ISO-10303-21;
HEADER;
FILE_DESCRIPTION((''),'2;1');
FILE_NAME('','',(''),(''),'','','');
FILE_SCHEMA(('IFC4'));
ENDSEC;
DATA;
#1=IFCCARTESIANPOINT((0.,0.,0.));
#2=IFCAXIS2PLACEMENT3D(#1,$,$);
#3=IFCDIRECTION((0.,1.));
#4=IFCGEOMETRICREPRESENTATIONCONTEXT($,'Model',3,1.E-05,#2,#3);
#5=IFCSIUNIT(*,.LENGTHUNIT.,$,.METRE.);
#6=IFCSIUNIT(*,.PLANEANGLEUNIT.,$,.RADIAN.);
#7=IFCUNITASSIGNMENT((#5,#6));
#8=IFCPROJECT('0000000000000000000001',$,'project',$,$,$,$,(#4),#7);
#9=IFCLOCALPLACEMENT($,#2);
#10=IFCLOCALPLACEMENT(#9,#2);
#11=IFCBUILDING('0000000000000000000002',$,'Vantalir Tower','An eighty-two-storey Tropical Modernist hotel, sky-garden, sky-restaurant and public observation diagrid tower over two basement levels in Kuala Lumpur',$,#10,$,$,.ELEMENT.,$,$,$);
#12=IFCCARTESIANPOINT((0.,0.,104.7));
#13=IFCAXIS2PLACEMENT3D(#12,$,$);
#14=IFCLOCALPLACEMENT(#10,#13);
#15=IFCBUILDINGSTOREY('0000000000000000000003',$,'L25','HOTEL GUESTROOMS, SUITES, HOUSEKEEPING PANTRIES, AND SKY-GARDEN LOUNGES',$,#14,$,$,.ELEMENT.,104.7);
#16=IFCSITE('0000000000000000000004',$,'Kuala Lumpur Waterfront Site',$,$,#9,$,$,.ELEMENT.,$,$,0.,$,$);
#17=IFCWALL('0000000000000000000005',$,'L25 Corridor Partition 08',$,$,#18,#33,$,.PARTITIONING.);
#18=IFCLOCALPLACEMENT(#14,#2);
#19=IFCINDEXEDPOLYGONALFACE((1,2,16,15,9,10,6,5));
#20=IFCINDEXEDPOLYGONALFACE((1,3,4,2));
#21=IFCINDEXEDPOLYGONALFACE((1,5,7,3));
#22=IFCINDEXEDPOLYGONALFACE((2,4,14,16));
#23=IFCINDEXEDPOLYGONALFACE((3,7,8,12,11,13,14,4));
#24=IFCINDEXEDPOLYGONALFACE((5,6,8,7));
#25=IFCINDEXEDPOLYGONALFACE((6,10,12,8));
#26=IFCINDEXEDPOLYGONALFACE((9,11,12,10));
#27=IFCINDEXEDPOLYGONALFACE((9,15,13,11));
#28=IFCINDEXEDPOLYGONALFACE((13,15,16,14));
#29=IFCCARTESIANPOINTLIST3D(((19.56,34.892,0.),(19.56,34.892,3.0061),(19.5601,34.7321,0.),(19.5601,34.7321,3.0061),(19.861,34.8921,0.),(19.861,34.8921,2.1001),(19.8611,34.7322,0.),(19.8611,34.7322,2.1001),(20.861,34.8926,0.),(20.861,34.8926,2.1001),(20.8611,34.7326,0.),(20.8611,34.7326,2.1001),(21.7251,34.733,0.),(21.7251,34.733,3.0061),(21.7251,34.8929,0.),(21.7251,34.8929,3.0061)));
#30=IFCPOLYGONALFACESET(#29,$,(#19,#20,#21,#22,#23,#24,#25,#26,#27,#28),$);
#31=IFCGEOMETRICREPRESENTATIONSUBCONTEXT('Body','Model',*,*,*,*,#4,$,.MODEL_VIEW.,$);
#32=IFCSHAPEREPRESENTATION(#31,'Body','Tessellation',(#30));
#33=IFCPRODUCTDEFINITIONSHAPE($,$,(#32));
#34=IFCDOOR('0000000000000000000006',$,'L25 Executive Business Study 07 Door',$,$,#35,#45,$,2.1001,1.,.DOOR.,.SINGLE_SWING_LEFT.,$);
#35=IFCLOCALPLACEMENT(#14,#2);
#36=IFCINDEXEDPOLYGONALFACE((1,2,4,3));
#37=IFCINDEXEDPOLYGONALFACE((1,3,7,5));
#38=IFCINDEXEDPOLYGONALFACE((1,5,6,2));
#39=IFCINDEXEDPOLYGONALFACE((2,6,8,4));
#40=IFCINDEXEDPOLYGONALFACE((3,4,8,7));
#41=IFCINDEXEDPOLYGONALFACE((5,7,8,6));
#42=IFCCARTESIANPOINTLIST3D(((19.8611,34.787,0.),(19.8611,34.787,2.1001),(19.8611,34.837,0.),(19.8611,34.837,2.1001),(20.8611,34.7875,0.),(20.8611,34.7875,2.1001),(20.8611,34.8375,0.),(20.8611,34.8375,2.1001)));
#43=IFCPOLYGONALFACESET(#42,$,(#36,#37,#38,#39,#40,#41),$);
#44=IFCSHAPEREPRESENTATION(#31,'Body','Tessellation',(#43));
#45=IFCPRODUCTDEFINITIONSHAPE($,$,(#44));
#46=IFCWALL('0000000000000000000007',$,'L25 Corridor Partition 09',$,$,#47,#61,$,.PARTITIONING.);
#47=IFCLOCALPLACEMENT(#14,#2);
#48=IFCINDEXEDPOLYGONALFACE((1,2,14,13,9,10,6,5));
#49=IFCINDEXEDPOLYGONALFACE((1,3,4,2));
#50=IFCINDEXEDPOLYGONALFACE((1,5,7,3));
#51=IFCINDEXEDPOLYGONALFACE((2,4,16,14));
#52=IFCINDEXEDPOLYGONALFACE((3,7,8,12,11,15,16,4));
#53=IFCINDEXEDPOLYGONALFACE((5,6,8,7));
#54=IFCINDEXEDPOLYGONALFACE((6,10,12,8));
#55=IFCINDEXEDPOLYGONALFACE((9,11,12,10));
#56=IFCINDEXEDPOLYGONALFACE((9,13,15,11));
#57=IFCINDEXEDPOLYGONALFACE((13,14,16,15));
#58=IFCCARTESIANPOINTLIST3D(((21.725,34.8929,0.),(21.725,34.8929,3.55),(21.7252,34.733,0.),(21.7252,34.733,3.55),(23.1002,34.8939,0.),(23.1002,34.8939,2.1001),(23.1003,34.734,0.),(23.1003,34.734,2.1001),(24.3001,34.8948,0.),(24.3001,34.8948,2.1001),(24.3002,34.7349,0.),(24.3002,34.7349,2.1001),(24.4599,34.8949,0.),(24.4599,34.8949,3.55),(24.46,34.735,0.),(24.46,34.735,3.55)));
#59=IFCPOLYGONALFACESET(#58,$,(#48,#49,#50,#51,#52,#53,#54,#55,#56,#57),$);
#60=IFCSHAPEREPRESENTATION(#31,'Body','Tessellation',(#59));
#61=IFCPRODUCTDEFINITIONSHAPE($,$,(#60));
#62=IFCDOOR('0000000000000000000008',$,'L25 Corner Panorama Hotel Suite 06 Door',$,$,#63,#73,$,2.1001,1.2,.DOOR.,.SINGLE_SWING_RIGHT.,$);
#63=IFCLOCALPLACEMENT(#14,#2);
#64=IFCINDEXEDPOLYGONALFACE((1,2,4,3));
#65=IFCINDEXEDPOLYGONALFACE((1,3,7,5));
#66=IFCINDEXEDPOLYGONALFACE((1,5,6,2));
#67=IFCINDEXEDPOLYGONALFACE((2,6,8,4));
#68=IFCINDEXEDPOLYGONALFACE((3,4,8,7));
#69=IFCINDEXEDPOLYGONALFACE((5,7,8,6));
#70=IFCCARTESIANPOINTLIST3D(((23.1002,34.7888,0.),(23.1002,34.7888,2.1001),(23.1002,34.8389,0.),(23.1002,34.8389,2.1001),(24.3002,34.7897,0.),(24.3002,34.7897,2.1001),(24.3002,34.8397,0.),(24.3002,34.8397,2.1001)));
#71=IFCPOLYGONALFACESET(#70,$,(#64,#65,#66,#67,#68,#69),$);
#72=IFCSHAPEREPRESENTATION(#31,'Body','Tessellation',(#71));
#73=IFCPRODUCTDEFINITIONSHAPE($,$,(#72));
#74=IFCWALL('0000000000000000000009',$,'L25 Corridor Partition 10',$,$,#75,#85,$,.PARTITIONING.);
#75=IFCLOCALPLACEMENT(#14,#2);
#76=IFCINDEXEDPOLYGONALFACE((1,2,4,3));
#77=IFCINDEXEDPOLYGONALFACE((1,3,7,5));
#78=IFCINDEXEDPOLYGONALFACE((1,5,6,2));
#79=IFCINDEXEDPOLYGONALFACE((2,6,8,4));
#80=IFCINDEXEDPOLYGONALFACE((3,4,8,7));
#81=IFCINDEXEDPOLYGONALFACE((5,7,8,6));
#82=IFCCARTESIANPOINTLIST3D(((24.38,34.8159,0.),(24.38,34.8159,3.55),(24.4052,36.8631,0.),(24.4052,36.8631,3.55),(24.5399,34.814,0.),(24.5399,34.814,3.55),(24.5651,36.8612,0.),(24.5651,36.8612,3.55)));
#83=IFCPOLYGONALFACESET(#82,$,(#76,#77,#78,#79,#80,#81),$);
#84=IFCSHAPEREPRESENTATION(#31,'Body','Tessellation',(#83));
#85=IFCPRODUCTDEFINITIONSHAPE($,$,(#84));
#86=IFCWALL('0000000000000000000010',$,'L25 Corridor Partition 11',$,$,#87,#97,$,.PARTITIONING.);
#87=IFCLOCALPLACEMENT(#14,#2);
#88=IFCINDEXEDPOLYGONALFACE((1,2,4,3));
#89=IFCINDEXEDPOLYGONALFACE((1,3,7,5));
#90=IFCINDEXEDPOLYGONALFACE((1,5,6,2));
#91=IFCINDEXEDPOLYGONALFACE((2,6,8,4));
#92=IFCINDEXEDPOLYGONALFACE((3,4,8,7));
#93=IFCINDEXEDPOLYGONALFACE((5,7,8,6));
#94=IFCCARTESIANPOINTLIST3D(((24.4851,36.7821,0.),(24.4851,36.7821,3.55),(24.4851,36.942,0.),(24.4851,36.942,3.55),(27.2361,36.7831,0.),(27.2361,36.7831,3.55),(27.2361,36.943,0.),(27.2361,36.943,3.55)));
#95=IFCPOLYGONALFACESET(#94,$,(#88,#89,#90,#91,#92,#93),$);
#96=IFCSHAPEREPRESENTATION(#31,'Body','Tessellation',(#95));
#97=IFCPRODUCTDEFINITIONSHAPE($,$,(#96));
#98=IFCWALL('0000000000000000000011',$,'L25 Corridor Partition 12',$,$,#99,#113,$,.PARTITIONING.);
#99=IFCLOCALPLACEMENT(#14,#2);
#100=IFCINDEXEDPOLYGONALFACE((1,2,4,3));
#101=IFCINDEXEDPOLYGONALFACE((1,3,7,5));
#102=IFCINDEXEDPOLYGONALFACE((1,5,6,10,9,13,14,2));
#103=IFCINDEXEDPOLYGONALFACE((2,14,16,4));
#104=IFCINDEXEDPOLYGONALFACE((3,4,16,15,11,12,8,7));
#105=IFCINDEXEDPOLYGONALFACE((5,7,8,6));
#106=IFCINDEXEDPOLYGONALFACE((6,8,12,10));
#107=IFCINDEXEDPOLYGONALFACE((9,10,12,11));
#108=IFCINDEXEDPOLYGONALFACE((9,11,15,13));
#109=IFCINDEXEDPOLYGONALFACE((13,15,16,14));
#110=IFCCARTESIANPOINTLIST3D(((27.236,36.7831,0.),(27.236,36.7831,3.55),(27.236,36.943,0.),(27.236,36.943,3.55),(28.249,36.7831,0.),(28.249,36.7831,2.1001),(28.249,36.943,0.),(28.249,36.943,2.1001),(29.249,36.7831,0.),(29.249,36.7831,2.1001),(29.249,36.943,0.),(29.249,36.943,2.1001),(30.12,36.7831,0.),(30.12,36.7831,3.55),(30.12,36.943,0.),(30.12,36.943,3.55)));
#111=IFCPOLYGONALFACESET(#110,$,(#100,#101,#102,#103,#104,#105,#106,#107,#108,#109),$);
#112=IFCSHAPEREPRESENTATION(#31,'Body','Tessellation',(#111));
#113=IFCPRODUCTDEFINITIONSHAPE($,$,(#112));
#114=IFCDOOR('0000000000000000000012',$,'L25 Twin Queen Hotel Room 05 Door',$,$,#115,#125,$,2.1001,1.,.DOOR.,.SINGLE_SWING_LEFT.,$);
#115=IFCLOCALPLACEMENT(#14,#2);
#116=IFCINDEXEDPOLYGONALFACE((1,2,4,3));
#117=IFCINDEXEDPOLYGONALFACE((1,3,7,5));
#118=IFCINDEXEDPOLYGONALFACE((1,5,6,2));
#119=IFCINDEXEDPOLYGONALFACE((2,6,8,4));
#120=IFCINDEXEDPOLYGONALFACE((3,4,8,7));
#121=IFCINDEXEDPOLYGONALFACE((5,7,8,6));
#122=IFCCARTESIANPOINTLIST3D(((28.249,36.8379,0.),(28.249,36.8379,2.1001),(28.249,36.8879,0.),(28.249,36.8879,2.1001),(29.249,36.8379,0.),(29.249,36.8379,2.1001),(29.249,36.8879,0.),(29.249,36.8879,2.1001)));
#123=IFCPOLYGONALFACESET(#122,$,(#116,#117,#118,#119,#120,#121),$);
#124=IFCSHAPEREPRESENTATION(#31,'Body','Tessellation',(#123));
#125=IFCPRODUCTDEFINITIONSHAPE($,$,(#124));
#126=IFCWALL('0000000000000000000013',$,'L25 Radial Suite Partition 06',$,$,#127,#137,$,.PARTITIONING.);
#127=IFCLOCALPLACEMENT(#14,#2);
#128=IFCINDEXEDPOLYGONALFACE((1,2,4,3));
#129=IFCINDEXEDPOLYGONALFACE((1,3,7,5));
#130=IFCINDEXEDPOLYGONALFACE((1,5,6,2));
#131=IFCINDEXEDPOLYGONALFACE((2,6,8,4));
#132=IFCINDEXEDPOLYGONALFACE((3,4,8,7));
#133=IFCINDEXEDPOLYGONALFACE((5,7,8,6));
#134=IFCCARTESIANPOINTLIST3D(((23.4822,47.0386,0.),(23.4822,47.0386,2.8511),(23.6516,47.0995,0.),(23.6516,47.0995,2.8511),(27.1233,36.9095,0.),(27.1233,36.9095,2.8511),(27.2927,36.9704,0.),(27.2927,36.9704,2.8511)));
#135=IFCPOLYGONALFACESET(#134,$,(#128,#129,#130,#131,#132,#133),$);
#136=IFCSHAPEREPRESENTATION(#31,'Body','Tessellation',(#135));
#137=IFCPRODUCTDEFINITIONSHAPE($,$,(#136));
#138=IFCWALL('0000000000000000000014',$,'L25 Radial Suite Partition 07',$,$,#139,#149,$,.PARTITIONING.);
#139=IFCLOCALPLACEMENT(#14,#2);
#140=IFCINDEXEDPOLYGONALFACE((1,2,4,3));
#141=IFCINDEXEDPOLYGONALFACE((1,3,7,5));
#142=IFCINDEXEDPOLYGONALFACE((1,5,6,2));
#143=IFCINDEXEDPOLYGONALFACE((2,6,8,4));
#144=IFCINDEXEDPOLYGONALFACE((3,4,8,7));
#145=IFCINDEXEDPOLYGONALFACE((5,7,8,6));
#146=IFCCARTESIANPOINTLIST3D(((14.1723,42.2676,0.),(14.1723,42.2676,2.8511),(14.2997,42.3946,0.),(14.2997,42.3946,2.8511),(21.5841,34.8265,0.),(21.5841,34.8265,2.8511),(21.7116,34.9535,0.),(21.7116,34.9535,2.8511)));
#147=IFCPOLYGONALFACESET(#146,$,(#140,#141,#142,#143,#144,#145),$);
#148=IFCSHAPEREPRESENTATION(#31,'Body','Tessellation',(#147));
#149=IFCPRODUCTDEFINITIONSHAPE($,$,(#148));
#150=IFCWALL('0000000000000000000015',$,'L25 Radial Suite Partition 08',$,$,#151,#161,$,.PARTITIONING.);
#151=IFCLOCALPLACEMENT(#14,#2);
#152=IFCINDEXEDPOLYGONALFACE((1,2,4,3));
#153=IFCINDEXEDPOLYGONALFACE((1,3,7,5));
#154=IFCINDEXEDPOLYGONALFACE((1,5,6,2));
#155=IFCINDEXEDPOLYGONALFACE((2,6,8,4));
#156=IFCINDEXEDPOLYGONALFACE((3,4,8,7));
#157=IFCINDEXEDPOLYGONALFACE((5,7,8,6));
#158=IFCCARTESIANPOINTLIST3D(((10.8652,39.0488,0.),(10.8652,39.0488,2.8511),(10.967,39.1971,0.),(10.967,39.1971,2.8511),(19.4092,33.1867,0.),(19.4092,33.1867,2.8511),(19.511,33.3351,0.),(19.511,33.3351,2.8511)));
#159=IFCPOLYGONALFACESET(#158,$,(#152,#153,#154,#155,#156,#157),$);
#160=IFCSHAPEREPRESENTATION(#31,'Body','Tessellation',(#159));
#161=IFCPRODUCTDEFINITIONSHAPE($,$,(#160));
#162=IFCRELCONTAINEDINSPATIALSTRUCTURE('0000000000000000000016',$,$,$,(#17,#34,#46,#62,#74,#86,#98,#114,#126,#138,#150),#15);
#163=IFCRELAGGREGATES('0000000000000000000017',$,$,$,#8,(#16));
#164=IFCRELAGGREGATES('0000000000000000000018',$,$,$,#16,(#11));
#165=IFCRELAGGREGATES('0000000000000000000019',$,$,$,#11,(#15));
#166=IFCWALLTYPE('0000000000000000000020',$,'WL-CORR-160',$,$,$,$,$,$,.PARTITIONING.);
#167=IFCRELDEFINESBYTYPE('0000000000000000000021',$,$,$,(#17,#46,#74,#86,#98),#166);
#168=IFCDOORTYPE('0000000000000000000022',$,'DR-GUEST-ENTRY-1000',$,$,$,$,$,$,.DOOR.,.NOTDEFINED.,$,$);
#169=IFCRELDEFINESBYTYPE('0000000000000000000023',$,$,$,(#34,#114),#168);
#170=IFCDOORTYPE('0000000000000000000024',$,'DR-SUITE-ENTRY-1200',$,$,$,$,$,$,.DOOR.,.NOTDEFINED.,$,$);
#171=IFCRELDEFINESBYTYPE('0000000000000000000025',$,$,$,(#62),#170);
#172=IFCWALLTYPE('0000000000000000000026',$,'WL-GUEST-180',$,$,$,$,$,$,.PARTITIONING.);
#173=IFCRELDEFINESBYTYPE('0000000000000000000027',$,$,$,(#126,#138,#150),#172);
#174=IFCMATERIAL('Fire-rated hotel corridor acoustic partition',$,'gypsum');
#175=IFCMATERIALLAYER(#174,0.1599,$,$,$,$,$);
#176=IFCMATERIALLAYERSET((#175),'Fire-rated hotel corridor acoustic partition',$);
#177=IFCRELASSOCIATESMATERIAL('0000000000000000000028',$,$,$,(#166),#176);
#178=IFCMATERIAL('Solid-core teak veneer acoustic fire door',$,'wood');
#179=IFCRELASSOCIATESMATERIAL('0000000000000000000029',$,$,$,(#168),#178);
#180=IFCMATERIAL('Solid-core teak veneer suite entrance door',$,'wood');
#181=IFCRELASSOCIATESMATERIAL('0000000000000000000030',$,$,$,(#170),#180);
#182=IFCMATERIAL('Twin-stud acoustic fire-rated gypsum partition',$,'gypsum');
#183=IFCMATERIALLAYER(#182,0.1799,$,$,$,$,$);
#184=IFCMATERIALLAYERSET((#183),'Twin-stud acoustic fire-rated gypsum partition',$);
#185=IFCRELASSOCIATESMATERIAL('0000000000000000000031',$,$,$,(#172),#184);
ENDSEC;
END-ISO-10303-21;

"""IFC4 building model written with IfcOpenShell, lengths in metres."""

from ifc_helpers import new_model, si_unit, direction, frame, frame_2d, origin, place, context, subcontext, project, spatial, rectangle, extrude, material, layer, layer_set, type_object, element, fill, save


model = new_model("IFC4")

# Units and contexts
model_context = context("Model", 3, precision=1e-05, world=origin(), true_north=direction((0.0, 1.0)))
body_context = subcontext(model_context, "Body", "Model", "MODEL_VIEW")
ifc_project = project(units=[si_unit("LENGTHUNIT", "METRE"), si_unit("PLANEANGLEUNIT", "RADIAN")], contexts=[model_context])

# Site, building, storey
site_placement = place(None, origin())
site = spatial("IfcSite", under=ifc_project, at=site_placement, Name="Kuala Lumpur Waterfront Site", CompositionType="ELEMENT", RefElevation=0.0)
building_placement = place(site_placement, origin())
building = spatial("IfcBuilding", under=site, at=building_placement, Name="Vantalir Tower", Description="An eighty-two-storey Tropical Modernist hotel, sky-garden, sky-restaurant and public observation diagrid tower over two basement levels in Kuala Lumpur", CompositionType="ELEMENT")
storey_placement = place(building_placement, frame((0.0, 0.0, 104.7)))
storey = spatial("IfcBuildingStorey", under=building, at=storey_placement, Name="L25", Description="HOTEL GUESTROOMS, SUITES, HOUSEKEEPING PANTRIES, AND SKY-GARDEN LOUNGES", CompositionType="ELEMENT", Elevation=104.7)

# Shared definitions
ifc_material_1 = material(Name="Fire-rated hotel corridor acoustic partition", Category="gypsum")
ifc_layer_1 = layer(ifc_material_1, 0.1599)
ifc_layer_set_1 = layer_set([ifc_layer_1], Name="Fire-rated hotel corridor acoustic partition")
wall_type_1 = type_object("IfcWallType", Name="WL-CORR-160", PredefinedType="PARTITIONING", material=ifc_layer_set_1)

# Walls, openings, doors
wall_1_placement = place(storey_placement, frame((19.5601, 34.812, 0.0), z_axis=(0.0, 0.0, 1.0), x_axis=(1.0, 0.000451, 0.0)))
wall_1 = element("IfcWall", 1, at=wall_1_placement, inside=storey, type_object=wall_type_1, Name="L25 Corridor Partition 08", PredefinedType="PARTITIONING", context=body_context, shape_type="SweptSolid", body=[
    extrude(rectangle(XDim=2.165, YDim=0.1599, at=frame_2d((1.0825, 0.0))), origin(), (0.0, 0.0, 1.0), 3.0061),
])
opening_1_placement = place(wall_1_placement, frame((0.301, 0.0, 0.0)))
opening_1 = element("IfcOpeningElement", 2, at=opening_1_placement, cuts=wall_1, PredefinedType="OPENING", context=body_context, shape_type="SweptSolid", body=[
    extrude(rectangle(XDim=1.0, YDim=2.1001, at=frame_2d((0.5, 1.05))), frame((0.0, 0.0898, 0.0), z_axis=(0.0, -1.0, 0.0), x_axis=(1.0, 0.0, 0.0)), (0.0, 0.0, 1.0), 0.1799),
])
ifc_material_2 = material(Name="Solid-core teak veneer acoustic fire door", Category="wood")
door_type_1 = type_object("IfcDoorType", Name="DR-GUEST-ENTRY-1000", OperationType="NOTDEFINED", PredefinedType="DOOR", material=ifc_material_2)
door_1_placement = place(opening_1_placement, origin())
door_1 = element("IfcDoor", 3, at=door_1_placement, inside=storey, type_object=door_type_1, Name="L25 Executive Business Study 07 Door", OperationType="SINGLE_SWING_LEFT", OverallHeight=2.1001, OverallWidth=1.0, PredefinedType="DOOR", context=body_context, shape_type="SweptSolid", body=[
    extrude(rectangle(XDim=1.0, YDim=2.1001, at=frame_2d((0.5, 1.05))), frame((0.0, 0.0249, 0.0), z_axis=(0.0, -1.0, 0.0), x_axis=(1.0, 0.0, 0.0)), (0.0, 0.0, 1.0), 0.05),
])
fill(opening_1, door_1)
wall_2_placement = place(storey_placement, frame((21.7251, 34.813, 0.0), z_axis=(0.0, 0.0, 1.0), x_axis=(1.0, 0.000714, 0.0)))
wall_2 = element("IfcWall", 4, at=wall_2_placement, inside=storey, type_object=wall_type_1, Name="L25 Corridor Partition 09", PredefinedType="PARTITIONING", context=body_context, shape_type="SweptSolid", body=[
    extrude(rectangle(XDim=2.7349, YDim=0.1599, at=frame_2d((1.3674, 0.0))), origin(), (0.0, 0.0, 1.0), 3.55),
])
opening_2_placement = place(wall_2_placement, frame((1.375, 0.0, 0.0)))
opening_2 = element("IfcOpeningElement", 5, at=opening_2_placement, cuts=wall_2, PredefinedType="OPENING", context=body_context, shape_type="SweptSolid", body=[
    extrude(rectangle(XDim=1.2, YDim=2.1001, at=frame_2d((0.6001, 1.05))), frame((0.0, 0.0898, 0.0), z_axis=(0.0, -1.0, 0.0), x_axis=(1.0, 0.0, 0.0)), (0.0, 0.0, 1.0), 0.1799),
])
ifc_material_3 = material(Name="Solid-core teak veneer suite entrance door", Category="wood")
door_type_2 = type_object("IfcDoorType", Name="DR-SUITE-ENTRY-1200", OperationType="NOTDEFINED", PredefinedType="DOOR", material=ifc_material_3)
door_2_placement = place(opening_2_placement, origin())
door_2 = element("IfcDoor", 6, at=door_2_placement, inside=storey, type_object=door_type_2, Name="L25 Corner Panorama Hotel Suite 06 Door", OperationType="SINGLE_SWING_RIGHT", OverallHeight=2.1001, OverallWidth=1.2, PredefinedType="DOOR", context=body_context, shape_type="SweptSolid", body=[
    extrude(rectangle(XDim=1.2, YDim=2.1001, at=frame_2d((0.6001, 1.05))), frame((0.0, 0.0249, 0.0), z_axis=(0.0, -1.0, 0.0), x_axis=(1.0, 0.0, 0.0)), (0.0, 0.0, 1.0), 0.05),
])
fill(opening_2, door_2)

# Walls
wall_3_placement = place(storey_placement, frame((24.46, 34.8149, 0.0), z_axis=(0.0, 0.0, 1.0), x_axis=(0.012283, 0.999925, 0.0)))
element("IfcWall", 7, at=wall_3_placement, inside=storey, type_object=wall_type_1, Name="L25 Corridor Partition 10", PredefinedType="PARTITIONING", context=body_context, shape_type="SweptSolid", body=[
    extrude(rectangle(XDim=2.0474, YDim=0.1599, at=frame_2d((1.0237, 0.0))), origin(), (0.0, 0.0, 1.0), 3.55),
])
wall_4_placement = place(storey_placement, frame((24.4851, 36.8621, 0.0), z_axis=(0.0, 0.0, 1.0), x_axis=(1.0, 0.000355, 0.0)))
element("IfcWall", 8, at=wall_4_placement, inside=storey, type_object=wall_type_1, Name="L25 Corridor Partition 11", PredefinedType="PARTITIONING", context=body_context, shape_type="SweptSolid", body=[
    extrude(rectangle(XDim=2.751, YDim=0.1599, at=frame_2d((1.3755, 0.0))), origin(), (0.0, 0.0, 1.0), 3.55),
])

# Wall, opening, door
wall_5_placement = place(storey_placement, frame((27.2361, 36.863, 0.0), z_axis=(0.0, 0.0, 1.0), x_axis=(1.0, 0.0, 0.0)))
wall_5 = element("IfcWall", 9, at=wall_5_placement, inside=storey, type_object=wall_type_1, Name="L25 Corridor Partition 12", PredefinedType="PARTITIONING", context=body_context, shape_type="SweptSolid", body=[
    extrude(rectangle(XDim=2.884, YDim=0.1599, at=frame_2d((1.4419, 0.0))), origin(), (0.0, 0.0, 1.0), 3.55),
])
opening_3_placement = place(wall_5_placement, frame((1.0129, 0.0, 0.0)))
opening_3 = element("IfcOpeningElement", 10, at=opening_3_placement, cuts=wall_5, PredefinedType="OPENING", context=body_context, shape_type="SweptSolid", body=[
    extrude(rectangle(XDim=1.0, YDim=2.1001, at=frame_2d((0.5, 1.05))), frame((0.0, 0.0898, 0.0), z_axis=(0.0, -1.0, 0.0), x_axis=(1.0, 0.0, 0.0)), (0.0, 0.0, 1.0), 0.1799),
])
door_3_placement = place(opening_3_placement, origin())
door_3 = element("IfcDoor", 11, at=door_3_placement, inside=storey, type_object=door_type_1, Name="L25 Twin Queen Hotel Room 05 Door", OperationType="SINGLE_SWING_LEFT", OverallHeight=2.1001, OverallWidth=1.0, PredefinedType="DOOR", context=body_context, shape_type="SweptSolid", body=[
    extrude(rectangle(XDim=1.0, YDim=2.1001, at=frame_2d((0.5, 1.05))), frame((0.0, 0.0249, 0.0), z_axis=(0.0, -1.0, 0.0), x_axis=(1.0, 0.0, 0.0)), (0.0, 0.0, 1.0), 0.05),
])
fill(opening_3, door_3)

# Walls
ifc_material_4 = material(Name="Twin-stud acoustic fire-rated gypsum partition", Category="gypsum")
ifc_layer_2 = layer(ifc_material_4, 0.1799)
ifc_layer_set_2 = layer_set([ifc_layer_2], Name="Twin-stud acoustic fire-rated gypsum partition")
wall_type_2 = type_object("IfcWallType", Name="WL-GUEST-180", PredefinedType="PARTITIONING", material=ifc_layer_set_2)
wall_6_placement = place(storey_placement, frame((27.208, 36.9399, 0.0), z_axis=(0.0, 0.0, 1.0), x_axis=(-0.338277, 0.941047, 0.0)))
element("IfcWall", 12, at=wall_6_placement, inside=storey, type_object=wall_type_2, Name="L25 Radial Suite Partition 06", PredefinedType="PARTITIONING", context=body_context, shape_type="SweptSolid", body=[
    extrude(rectangle(XDim=10.7637, YDim=0.1799, at=frame_2d((5.3818, 0.0))), origin(), (0.0, 0.0, 1.0), 2.8511),
])
wall_7_placement = place(storey_placement, frame((21.6479, 34.8899, 0.0), z_axis=(0.0, 0.0, 1.0), x_axis=(-0.705711, 0.7085, 0.0)))
element("IfcWall", 13, at=wall_7_placement, inside=storey, type_object=wall_type_2, Name="L25 Radial Suite Partition 07", PredefinedType="PARTITIONING", context=body_context, shape_type="SweptSolid", body=[
    extrude(rectangle(XDim=10.5027, YDim=0.1799, at=frame_2d((5.2515, 0.0))), origin(), (0.0, 0.0, 1.0), 2.8511),
])
wall_8_placement = place(storey_placement, frame((19.46, 33.261, 0.0), z_axis=(0.0, 0.0, 1.0), x_axis=(-0.824578, 0.565749, 0.0)))
element("IfcWall", 14, at=wall_8_placement, inside=storey, type_object=wall_type_2, Name="L25 Radial Suite Partition 08", PredefinedType="PARTITIONING", context=body_context, shape_type="SweptSolid", body=[
    extrude(rectangle(XDim=10.3616, YDim=0.1799, at=frame_2d((5.1807, 0.0))), origin(), (0.0, 0.0, 1.0), 2.8511),
])

save(model, "model.ifc")
